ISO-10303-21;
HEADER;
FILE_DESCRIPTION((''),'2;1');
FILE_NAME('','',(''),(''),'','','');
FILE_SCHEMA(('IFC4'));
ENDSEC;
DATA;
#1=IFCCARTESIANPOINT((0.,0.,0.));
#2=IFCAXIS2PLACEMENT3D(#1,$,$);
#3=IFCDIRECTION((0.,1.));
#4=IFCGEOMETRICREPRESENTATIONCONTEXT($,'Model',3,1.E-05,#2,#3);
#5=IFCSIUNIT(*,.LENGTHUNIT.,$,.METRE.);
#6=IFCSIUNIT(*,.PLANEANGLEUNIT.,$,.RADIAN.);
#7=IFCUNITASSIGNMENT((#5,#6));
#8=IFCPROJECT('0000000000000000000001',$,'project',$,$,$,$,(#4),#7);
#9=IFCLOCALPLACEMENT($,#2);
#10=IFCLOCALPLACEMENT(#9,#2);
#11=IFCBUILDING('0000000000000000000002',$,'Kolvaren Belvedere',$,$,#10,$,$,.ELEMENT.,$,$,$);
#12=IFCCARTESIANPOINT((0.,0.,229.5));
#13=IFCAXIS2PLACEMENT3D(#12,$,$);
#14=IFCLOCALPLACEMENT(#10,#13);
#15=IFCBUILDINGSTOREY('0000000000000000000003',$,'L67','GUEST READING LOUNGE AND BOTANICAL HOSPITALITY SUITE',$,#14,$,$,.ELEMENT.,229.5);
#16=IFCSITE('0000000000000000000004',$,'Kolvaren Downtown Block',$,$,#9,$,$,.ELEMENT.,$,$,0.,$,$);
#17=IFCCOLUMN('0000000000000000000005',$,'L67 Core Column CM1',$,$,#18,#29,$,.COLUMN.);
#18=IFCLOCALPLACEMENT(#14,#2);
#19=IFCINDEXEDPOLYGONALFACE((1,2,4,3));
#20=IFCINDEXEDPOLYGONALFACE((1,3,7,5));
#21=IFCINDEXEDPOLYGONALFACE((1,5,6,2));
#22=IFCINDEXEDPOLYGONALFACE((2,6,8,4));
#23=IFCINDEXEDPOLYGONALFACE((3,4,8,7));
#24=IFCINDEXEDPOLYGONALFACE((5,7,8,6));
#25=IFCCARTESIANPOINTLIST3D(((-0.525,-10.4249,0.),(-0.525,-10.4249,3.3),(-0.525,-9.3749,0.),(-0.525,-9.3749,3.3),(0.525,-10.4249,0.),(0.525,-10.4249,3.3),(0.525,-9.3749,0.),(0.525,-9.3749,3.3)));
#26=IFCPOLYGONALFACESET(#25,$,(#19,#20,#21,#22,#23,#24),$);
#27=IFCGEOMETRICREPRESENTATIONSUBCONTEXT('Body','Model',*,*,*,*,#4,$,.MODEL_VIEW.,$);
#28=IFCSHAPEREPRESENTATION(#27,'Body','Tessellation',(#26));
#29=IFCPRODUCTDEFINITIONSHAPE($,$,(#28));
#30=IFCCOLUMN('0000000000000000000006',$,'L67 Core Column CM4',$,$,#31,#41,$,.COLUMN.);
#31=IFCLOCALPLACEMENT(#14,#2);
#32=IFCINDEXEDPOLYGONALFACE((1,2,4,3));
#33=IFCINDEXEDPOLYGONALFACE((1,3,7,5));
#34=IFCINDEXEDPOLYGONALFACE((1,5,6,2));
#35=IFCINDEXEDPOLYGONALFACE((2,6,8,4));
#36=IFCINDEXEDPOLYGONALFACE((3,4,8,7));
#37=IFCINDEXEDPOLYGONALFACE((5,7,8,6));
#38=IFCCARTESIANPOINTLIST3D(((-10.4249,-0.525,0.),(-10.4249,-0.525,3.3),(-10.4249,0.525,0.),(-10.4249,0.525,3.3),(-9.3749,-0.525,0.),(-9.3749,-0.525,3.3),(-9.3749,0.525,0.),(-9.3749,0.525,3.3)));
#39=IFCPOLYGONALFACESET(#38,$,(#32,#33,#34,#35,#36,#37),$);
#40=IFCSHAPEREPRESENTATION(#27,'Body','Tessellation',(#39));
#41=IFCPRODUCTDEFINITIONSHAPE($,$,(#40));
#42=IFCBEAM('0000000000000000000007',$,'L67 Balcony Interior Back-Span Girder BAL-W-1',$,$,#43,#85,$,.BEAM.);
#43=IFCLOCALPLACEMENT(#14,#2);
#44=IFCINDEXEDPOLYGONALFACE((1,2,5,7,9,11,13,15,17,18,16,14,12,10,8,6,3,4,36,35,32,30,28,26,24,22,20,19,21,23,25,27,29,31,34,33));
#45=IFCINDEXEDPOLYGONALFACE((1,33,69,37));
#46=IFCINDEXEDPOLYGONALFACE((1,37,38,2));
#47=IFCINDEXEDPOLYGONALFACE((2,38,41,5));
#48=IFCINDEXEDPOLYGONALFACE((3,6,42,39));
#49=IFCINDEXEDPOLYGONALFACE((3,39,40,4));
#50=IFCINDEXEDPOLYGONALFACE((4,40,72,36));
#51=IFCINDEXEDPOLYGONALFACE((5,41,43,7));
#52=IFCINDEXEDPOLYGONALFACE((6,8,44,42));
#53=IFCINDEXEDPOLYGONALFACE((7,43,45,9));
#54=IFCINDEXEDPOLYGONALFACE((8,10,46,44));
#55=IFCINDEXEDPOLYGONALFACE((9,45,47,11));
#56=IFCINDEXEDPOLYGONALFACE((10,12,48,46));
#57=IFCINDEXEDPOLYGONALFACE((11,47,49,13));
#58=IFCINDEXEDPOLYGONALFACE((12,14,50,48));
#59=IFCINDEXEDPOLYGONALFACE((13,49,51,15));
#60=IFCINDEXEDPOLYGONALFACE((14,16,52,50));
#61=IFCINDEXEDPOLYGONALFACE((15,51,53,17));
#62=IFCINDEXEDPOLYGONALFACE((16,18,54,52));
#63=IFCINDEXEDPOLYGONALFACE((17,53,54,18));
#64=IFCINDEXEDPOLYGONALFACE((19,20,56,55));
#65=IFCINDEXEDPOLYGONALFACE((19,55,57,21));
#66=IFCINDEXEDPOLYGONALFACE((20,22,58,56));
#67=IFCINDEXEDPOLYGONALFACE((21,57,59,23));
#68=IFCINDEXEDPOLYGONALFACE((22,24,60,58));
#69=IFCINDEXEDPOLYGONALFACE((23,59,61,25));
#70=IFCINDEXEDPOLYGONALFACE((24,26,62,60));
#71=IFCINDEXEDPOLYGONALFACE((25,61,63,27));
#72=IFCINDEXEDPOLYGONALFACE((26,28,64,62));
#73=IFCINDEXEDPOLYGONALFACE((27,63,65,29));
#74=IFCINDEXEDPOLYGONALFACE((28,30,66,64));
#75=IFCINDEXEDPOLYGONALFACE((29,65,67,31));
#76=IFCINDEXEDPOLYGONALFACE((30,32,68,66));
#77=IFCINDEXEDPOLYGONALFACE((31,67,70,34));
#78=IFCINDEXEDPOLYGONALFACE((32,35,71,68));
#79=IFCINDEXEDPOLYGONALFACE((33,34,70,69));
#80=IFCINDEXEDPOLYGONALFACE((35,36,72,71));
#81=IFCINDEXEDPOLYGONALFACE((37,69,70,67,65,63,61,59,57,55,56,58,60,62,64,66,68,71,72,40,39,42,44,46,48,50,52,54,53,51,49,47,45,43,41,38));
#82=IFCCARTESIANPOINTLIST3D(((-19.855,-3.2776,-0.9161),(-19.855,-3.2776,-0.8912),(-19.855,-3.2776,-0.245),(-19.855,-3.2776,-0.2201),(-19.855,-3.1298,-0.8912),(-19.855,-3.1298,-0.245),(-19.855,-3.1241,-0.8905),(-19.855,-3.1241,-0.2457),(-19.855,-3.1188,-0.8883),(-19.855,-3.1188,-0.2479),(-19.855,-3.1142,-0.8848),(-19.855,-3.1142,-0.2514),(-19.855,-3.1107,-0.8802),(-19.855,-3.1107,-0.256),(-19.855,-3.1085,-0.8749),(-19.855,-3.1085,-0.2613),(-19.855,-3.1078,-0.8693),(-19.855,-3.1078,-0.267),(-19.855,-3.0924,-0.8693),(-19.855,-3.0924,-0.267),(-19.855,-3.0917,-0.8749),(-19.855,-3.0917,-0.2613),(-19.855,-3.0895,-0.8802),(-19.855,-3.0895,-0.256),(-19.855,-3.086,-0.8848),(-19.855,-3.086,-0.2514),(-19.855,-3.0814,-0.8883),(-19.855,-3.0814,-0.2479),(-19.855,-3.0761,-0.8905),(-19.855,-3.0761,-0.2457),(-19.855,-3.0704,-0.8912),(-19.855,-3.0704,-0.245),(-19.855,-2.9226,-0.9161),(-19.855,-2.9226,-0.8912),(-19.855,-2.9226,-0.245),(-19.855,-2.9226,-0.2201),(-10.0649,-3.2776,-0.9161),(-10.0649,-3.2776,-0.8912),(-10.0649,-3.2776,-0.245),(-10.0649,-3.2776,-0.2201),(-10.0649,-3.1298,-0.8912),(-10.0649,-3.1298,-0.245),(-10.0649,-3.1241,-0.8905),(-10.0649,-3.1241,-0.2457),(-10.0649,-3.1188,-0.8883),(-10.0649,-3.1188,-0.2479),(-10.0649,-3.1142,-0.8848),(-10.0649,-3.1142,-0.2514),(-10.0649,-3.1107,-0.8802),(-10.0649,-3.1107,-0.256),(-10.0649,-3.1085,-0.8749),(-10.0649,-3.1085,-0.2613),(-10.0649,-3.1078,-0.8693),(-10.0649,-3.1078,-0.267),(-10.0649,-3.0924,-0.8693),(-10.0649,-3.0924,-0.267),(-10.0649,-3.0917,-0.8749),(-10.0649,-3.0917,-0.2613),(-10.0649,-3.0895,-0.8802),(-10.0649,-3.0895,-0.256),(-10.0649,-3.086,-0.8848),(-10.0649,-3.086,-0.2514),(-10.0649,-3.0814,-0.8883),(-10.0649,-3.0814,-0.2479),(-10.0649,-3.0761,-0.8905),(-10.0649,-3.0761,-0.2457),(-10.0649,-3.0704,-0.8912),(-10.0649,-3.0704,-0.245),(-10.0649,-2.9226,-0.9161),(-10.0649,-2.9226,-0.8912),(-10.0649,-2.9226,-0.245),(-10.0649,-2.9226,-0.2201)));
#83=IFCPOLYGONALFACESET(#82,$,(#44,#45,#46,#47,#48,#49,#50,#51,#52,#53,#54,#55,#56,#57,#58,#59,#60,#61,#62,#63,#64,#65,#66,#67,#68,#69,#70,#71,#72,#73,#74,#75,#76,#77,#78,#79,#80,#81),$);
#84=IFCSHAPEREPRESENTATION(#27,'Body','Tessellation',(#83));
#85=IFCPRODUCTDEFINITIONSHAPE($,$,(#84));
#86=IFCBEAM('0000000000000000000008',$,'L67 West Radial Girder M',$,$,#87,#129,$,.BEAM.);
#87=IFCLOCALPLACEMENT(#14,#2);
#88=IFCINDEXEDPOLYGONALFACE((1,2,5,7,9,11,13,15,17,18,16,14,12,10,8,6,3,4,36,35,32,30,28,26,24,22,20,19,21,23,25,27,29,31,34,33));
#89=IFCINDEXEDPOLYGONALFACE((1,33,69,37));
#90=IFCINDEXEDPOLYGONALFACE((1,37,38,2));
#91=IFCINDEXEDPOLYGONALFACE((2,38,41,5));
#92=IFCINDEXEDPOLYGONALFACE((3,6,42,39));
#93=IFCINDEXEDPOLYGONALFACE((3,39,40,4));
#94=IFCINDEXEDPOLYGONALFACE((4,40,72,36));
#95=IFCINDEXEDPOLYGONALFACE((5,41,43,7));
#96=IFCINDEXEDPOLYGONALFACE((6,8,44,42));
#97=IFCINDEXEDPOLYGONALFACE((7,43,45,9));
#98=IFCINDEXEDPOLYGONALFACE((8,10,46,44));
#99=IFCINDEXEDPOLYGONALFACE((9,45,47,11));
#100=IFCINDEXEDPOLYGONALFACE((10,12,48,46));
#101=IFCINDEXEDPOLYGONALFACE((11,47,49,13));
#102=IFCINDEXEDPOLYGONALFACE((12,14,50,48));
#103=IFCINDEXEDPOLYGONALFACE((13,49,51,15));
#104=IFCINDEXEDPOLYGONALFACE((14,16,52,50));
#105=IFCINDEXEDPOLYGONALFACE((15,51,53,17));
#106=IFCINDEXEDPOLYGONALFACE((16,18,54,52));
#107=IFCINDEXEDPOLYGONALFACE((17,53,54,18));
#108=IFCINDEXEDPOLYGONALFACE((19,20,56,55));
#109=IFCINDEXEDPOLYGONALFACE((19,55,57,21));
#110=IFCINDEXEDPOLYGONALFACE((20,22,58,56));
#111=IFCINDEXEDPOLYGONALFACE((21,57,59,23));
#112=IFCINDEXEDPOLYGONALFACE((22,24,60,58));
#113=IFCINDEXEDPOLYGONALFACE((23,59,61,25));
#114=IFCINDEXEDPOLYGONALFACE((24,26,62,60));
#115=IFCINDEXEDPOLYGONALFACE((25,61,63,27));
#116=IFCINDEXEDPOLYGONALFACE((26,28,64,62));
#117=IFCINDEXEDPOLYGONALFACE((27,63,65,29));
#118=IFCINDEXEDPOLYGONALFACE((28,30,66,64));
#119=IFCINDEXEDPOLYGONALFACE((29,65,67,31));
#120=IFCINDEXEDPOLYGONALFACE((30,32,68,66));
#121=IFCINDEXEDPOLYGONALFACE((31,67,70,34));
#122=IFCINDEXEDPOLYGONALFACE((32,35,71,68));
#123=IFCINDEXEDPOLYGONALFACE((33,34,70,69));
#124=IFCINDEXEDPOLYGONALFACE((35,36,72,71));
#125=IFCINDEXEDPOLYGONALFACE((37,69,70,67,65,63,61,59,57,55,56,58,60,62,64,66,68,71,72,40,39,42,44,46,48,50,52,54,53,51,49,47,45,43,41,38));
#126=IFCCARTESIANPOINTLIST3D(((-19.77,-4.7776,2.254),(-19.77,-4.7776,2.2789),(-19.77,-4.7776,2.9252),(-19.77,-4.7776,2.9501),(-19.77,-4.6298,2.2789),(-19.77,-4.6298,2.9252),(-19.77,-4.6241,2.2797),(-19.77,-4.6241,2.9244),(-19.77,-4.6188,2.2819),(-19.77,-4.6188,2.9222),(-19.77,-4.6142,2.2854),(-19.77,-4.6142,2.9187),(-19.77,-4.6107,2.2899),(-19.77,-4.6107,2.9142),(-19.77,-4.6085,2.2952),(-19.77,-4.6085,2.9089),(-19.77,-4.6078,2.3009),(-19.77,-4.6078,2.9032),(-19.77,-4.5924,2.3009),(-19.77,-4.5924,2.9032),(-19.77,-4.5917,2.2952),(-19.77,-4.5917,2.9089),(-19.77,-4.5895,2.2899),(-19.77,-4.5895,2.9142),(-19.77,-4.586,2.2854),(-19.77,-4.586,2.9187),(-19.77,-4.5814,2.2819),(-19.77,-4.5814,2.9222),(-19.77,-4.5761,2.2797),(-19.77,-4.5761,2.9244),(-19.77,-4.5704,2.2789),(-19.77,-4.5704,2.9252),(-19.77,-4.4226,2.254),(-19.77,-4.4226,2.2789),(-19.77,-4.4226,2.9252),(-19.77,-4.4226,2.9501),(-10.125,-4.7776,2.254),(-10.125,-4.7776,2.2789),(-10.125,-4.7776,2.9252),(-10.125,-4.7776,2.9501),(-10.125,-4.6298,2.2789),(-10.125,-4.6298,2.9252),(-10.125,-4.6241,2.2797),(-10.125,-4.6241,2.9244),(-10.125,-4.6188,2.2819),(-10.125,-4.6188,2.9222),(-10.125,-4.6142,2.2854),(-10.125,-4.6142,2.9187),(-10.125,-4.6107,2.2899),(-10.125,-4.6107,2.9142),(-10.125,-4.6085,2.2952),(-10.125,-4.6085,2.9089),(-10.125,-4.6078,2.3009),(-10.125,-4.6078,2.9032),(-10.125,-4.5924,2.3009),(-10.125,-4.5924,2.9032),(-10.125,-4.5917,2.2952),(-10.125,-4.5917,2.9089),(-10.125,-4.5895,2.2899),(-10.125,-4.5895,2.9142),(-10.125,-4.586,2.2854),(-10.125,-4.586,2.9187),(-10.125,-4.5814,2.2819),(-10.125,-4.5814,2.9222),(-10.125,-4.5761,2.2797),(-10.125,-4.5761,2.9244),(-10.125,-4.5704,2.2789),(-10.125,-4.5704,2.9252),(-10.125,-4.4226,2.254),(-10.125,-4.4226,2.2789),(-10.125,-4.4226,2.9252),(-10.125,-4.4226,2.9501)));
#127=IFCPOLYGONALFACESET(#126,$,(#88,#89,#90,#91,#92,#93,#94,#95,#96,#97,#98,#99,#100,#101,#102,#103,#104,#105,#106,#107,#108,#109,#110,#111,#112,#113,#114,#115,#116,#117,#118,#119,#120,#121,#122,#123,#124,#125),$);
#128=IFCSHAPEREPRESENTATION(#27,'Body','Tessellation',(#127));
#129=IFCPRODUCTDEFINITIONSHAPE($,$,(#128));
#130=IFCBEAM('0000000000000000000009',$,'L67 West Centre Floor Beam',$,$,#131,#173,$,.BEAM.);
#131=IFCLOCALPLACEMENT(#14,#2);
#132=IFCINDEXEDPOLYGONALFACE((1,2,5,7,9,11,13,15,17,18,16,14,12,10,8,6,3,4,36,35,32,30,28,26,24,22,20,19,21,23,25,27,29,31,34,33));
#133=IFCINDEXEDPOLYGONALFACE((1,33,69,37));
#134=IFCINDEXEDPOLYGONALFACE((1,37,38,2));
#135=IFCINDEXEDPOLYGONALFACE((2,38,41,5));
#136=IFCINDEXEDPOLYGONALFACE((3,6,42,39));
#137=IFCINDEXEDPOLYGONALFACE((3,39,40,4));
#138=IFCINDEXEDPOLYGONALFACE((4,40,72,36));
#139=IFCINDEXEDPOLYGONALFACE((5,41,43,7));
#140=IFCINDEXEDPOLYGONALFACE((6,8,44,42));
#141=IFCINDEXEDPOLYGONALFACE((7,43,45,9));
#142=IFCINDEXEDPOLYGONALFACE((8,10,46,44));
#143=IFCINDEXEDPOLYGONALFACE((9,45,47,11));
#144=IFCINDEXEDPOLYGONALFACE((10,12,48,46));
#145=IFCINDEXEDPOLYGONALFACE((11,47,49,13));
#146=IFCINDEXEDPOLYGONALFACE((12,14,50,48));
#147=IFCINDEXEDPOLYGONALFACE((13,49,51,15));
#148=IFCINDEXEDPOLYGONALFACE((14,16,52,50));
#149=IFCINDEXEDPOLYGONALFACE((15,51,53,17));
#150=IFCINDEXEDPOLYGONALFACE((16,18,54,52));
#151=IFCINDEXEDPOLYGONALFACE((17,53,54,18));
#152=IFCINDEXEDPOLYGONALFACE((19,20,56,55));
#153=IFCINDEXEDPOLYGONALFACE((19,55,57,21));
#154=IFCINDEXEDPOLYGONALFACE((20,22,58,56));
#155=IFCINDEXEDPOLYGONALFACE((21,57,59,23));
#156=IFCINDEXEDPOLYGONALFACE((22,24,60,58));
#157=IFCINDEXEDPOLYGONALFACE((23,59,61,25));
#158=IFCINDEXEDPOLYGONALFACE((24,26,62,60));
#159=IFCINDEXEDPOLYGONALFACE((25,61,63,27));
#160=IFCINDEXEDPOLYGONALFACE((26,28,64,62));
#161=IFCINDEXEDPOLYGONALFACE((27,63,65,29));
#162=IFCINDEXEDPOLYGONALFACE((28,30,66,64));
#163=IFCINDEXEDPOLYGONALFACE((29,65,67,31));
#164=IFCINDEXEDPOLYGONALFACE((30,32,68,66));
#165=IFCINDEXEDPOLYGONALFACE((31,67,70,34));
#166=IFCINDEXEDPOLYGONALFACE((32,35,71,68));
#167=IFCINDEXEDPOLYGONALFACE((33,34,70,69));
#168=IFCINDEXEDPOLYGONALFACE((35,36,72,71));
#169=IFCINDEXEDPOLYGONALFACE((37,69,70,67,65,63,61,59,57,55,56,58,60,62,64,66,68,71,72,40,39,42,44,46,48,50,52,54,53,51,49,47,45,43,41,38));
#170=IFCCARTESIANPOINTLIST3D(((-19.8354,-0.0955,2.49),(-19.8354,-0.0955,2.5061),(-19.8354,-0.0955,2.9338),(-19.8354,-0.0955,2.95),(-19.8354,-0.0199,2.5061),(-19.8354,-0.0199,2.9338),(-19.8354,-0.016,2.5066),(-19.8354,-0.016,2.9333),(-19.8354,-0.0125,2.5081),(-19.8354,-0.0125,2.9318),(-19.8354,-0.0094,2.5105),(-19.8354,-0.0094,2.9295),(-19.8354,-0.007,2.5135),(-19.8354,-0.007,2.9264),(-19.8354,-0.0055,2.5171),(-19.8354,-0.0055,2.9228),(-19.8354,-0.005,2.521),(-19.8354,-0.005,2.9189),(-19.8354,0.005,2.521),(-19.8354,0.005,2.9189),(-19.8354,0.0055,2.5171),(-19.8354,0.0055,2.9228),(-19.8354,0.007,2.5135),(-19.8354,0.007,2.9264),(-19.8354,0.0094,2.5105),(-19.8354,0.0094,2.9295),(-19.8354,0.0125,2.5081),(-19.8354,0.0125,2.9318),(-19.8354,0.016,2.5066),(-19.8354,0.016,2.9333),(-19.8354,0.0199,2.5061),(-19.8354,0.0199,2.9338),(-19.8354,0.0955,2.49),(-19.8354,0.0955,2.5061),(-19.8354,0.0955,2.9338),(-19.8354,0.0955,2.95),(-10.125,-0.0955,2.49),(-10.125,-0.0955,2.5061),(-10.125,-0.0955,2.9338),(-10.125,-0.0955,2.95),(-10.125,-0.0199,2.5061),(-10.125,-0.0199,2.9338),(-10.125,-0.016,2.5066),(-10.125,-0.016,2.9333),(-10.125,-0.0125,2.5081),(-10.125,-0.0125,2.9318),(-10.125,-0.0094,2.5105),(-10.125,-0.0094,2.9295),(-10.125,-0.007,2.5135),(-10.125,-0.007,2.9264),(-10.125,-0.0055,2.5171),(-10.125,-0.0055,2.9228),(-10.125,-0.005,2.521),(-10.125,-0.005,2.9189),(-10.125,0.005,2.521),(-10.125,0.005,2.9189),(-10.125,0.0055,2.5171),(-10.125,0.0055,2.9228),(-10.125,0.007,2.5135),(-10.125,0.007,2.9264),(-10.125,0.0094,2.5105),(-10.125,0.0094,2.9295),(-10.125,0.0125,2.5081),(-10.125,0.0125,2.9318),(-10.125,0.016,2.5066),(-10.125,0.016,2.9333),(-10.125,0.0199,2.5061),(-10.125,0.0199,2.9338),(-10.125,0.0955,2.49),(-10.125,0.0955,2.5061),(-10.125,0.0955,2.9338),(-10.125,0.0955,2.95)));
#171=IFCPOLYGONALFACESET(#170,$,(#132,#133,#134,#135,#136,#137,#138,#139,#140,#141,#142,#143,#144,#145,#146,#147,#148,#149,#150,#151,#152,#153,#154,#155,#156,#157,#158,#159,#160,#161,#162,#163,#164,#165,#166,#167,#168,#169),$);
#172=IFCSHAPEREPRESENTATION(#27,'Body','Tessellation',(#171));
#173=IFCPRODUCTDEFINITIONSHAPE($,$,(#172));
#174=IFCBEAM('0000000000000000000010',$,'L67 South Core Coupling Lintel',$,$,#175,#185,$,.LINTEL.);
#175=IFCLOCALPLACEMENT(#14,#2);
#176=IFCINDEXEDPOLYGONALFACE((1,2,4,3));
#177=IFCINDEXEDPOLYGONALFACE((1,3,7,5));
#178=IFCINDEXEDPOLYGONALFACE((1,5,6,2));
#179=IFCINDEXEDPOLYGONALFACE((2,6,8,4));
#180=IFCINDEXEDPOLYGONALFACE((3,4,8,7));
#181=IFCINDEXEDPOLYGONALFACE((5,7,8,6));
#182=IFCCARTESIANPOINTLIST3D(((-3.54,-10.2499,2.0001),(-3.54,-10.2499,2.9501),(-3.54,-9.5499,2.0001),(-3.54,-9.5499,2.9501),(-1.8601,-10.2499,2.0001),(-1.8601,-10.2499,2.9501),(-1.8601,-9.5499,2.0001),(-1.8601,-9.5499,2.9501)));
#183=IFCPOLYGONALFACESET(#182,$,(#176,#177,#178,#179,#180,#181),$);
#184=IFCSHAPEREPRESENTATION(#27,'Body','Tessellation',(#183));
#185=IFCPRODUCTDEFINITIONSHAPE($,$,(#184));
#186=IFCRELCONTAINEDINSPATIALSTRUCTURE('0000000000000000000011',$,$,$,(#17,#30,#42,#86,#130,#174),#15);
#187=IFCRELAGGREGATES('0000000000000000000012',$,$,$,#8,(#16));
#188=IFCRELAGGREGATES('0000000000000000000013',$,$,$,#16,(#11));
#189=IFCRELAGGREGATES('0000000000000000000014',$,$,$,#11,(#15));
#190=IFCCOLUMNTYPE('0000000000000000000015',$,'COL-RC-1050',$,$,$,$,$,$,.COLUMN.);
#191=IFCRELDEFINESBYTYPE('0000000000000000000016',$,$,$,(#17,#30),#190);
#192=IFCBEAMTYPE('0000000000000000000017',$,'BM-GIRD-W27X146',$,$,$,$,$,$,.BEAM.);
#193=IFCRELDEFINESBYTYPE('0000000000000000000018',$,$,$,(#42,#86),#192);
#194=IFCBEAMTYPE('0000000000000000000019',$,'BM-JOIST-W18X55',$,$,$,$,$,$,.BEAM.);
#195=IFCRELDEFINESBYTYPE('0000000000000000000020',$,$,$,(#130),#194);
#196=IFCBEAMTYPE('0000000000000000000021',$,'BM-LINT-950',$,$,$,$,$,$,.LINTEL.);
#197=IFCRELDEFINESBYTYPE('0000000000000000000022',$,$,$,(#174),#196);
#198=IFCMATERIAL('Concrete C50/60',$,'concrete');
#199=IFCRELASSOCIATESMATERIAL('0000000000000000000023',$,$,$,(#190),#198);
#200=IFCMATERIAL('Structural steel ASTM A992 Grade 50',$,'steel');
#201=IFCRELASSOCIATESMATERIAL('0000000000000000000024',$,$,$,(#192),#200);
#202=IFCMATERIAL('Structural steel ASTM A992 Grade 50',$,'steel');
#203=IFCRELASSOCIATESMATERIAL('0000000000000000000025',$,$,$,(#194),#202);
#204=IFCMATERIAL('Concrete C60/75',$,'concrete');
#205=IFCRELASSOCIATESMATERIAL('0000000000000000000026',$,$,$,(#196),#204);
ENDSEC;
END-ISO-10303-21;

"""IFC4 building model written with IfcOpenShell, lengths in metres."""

from ifc_helpers import new_model, si_unit, direction, frame, origin, origin_2d, place, context, subcontext, project, spatial, rectangle, i_section, extrude, material, material_profile, profile_set, type_object, element, save


model = new_model("IFC4")

# Units and contexts
model_context = context("Model", 3, precision=1e-05, world=origin(), true_north=direction((0.0, 1.0)))
body_context = subcontext(model_context, "Body", "Model", "MODEL_VIEW")
ifc_project = project(units=[si_unit("LENGTHUNIT", "METRE"), si_unit("PLANEANGLEUNIT", "RADIAN")], contexts=[model_context])

# Site, building, storey
site_placement = place(None, origin())
site = spatial("IfcSite", under=ifc_project, at=site_placement, Name="Kolvaren Downtown Block", CompositionType="ELEMENT", RefElevation=0.0)
building_placement = place(site_placement, origin())
building = spatial("IfcBuilding", under=site, at=building_placement, Name="Kolvaren Belvedere", CompositionType="ELEMENT")
storey_placement = place(building_placement, frame((0.0, 0.0, 229.5)))
storey = spatial("IfcBuildingStorey", under=building, at=storey_placement, Name="L67", Description="GUEST READING LOUNGE AND BOTANICAL HOSPITALITY SUITE", CompositionType="ELEMENT", Elevation=229.5)

# Columns
ifc_material_1 = material(Name="Concrete C50/60", Category="concrete")
ifc_material_profile_1 = material_profile(ifc_material_1, rectangle(XDim=1.05, YDim=1.05, at=origin_2d()), Name="RC 1050X1050")
ifc_profile_set_1 = profile_set([ifc_material_profile_1], Name="Concrete C50/60")
column_type = type_object("IfcColumnType", Name="COL-RC-1050", PredefinedType="COLUMN", material=ifc_profile_set_1)
for number, where, z_axis, x_axis, name in (
    (1, (0.0, -9.8999, 0.0), (0.0, 0.0, 1.0), (1.0, 0.0, 0.0), "L67 Core Column CM1"),
    (2, (-9.8999, 0.0, 0.0), (0.0, 0.0, 1.0), (1.0, 0.0, 0.0), "L67 Core Column CM4"),
):
    element("IfcColumn", number, at=place(storey_placement, frame(where, z_axis=z_axis, x_axis=x_axis)), inside=storey, type_object=column_type, Name=name, PredefinedType="COLUMN", context=body_context, shape_type="SweptSolid", body=[
        extrude(rectangle(XDim=1.05, YDim=1.05, at=origin_2d()), origin(), (0.0, 0.0, 1.0), 3.3),
    ])

# Beams
ifc_material_2 = material(Name="Structural steel ASTM A992 Grade 50", Category="steel")
ifc_material_profile_2 = material_profile(ifc_material_2, i_section(OverallWidth=0.355, OverallDepth=0.696, WebThickness=0.0154, FlangeThickness=0.0249, FilletRadius=0.022, at=origin_2d()), Name="W27X146")
ifc_profile_set_2 = profile_set([ifc_material_profile_2], Name="Structural steel ASTM A992 Grade 50")
beam_type_1 = type_object("IfcBeamType", Name="BM-GIRD-W27X146", PredefinedType="BEAM", material=ifc_profile_set_2)
beam_1_placement = place(storey_placement, frame((-10.0649, -3.1001, -0.5681), z_axis=(-1.0, 0.0, 0.0), x_axis=(0.0, -1.0, 0.0)))
element("IfcBeam", 3, at=beam_1_placement, inside=storey, type_object=beam_type_1, Name="L67 Balcony Interior Back-Span Girder BAL-W-1", PredefinedType="BEAM", context=body_context, shape_type="SweptSolid", body=[
    extrude(i_section(OverallWidth=0.355, OverallDepth=0.696, WebThickness=0.0154, FlangeThickness=0.0249, FilletRadius=0.022, at=origin_2d()), origin(), (0.0, 0.0, 1.0), 9.79),
])
beam_2_placement = place(storey_placement, frame((-10.125, -4.6001, 2.6021), z_axis=(-1.0, 0.0, 0.0), x_axis=(0.0, -1.0, 0.0)))
element("IfcBeam", 4, at=beam_2_placement, inside=storey, type_object=beam_type_1, Name="L67 West Radial Girder M", PredefinedType="BEAM", context=body_context, shape_type="SweptSolid", body=[
    extrude(i_section(OverallWidth=0.355, OverallDepth=0.696, WebThickness=0.0154, FlangeThickness=0.0249, FilletRadius=0.022, at=origin_2d()), origin(), (0.0, 0.0, 1.0), 9.645),
])
ifc_material_3 = material(Name="Structural steel ASTM A992 Grade 50", Category="steel")
ifc_material_profile_3 = material_profile(ifc_material_3, i_section(OverallWidth=0.1909, OverallDepth=0.46, WebThickness=0.01, FlangeThickness=0.0161, FilletRadius=0.0149, at=origin_2d()), Name="W18X55")
ifc_profile_set_3 = profile_set([ifc_material_profile_3], Name="Structural steel ASTM A992 Grade 50")
beam_type_2 = type_object("IfcBeamType", Name="BM-JOIST-W18X55", PredefinedType="BEAM", material=ifc_profile_set_3)
beam_3_placement = place(storey_placement, frame((-10.125, 0.0, 2.72), z_axis=(-1.0, 0.0, 0.0), x_axis=(0.0, -1.0, 0.0)))
element("IfcBeam", 5, at=beam_3_placement, inside=storey, type_object=beam_type_2, Name="L67 West Centre Floor Beam", PredefinedType="BEAM", context=body_context, shape_type="SweptSolid", body=[
    extrude(i_section(OverallWidth=0.1909, OverallDepth=0.46, WebThickness=0.01, FlangeThickness=0.0161, FilletRadius=0.0149, at=origin_2d()), origin(), (0.0, 0.0, 1.0), 9.7104),
])
ifc_material_4 = material(Name="Concrete C60/75", Category="concrete")
ifc_material_profile_4 = material_profile(ifc_material_4, rectangle(XDim=0.7, YDim=0.95, at=origin_2d()), Name="RC 700X950")
ifc_profile_set_4 = profile_set([ifc_material_profile_4], Name="Concrete C60/75")
beam_type_3 = type_object("IfcBeamType", Name="BM-LINT-950", PredefinedType="LINTEL", material=ifc_profile_set_4)
beam_4_placement = place(storey_placement, frame((-3.54, -9.8999, 2.4751), z_axis=(1.0, 0.0, 0.0), x_axis=(0.0, 1.0, 0.0)))
element("IfcBeam", 6, at=beam_4_placement, inside=storey, type_object=beam_type_3, Name="L67 South Core Coupling Lintel", PredefinedType="LINTEL", context=body_context, shape_type="SweptSolid", body=[
    extrude(rectangle(XDim=0.7, YDim=0.95, at=origin_2d()), origin(), (0.0, 0.0, 1.0), 1.6799),
])

save(model, "model.ifc")
